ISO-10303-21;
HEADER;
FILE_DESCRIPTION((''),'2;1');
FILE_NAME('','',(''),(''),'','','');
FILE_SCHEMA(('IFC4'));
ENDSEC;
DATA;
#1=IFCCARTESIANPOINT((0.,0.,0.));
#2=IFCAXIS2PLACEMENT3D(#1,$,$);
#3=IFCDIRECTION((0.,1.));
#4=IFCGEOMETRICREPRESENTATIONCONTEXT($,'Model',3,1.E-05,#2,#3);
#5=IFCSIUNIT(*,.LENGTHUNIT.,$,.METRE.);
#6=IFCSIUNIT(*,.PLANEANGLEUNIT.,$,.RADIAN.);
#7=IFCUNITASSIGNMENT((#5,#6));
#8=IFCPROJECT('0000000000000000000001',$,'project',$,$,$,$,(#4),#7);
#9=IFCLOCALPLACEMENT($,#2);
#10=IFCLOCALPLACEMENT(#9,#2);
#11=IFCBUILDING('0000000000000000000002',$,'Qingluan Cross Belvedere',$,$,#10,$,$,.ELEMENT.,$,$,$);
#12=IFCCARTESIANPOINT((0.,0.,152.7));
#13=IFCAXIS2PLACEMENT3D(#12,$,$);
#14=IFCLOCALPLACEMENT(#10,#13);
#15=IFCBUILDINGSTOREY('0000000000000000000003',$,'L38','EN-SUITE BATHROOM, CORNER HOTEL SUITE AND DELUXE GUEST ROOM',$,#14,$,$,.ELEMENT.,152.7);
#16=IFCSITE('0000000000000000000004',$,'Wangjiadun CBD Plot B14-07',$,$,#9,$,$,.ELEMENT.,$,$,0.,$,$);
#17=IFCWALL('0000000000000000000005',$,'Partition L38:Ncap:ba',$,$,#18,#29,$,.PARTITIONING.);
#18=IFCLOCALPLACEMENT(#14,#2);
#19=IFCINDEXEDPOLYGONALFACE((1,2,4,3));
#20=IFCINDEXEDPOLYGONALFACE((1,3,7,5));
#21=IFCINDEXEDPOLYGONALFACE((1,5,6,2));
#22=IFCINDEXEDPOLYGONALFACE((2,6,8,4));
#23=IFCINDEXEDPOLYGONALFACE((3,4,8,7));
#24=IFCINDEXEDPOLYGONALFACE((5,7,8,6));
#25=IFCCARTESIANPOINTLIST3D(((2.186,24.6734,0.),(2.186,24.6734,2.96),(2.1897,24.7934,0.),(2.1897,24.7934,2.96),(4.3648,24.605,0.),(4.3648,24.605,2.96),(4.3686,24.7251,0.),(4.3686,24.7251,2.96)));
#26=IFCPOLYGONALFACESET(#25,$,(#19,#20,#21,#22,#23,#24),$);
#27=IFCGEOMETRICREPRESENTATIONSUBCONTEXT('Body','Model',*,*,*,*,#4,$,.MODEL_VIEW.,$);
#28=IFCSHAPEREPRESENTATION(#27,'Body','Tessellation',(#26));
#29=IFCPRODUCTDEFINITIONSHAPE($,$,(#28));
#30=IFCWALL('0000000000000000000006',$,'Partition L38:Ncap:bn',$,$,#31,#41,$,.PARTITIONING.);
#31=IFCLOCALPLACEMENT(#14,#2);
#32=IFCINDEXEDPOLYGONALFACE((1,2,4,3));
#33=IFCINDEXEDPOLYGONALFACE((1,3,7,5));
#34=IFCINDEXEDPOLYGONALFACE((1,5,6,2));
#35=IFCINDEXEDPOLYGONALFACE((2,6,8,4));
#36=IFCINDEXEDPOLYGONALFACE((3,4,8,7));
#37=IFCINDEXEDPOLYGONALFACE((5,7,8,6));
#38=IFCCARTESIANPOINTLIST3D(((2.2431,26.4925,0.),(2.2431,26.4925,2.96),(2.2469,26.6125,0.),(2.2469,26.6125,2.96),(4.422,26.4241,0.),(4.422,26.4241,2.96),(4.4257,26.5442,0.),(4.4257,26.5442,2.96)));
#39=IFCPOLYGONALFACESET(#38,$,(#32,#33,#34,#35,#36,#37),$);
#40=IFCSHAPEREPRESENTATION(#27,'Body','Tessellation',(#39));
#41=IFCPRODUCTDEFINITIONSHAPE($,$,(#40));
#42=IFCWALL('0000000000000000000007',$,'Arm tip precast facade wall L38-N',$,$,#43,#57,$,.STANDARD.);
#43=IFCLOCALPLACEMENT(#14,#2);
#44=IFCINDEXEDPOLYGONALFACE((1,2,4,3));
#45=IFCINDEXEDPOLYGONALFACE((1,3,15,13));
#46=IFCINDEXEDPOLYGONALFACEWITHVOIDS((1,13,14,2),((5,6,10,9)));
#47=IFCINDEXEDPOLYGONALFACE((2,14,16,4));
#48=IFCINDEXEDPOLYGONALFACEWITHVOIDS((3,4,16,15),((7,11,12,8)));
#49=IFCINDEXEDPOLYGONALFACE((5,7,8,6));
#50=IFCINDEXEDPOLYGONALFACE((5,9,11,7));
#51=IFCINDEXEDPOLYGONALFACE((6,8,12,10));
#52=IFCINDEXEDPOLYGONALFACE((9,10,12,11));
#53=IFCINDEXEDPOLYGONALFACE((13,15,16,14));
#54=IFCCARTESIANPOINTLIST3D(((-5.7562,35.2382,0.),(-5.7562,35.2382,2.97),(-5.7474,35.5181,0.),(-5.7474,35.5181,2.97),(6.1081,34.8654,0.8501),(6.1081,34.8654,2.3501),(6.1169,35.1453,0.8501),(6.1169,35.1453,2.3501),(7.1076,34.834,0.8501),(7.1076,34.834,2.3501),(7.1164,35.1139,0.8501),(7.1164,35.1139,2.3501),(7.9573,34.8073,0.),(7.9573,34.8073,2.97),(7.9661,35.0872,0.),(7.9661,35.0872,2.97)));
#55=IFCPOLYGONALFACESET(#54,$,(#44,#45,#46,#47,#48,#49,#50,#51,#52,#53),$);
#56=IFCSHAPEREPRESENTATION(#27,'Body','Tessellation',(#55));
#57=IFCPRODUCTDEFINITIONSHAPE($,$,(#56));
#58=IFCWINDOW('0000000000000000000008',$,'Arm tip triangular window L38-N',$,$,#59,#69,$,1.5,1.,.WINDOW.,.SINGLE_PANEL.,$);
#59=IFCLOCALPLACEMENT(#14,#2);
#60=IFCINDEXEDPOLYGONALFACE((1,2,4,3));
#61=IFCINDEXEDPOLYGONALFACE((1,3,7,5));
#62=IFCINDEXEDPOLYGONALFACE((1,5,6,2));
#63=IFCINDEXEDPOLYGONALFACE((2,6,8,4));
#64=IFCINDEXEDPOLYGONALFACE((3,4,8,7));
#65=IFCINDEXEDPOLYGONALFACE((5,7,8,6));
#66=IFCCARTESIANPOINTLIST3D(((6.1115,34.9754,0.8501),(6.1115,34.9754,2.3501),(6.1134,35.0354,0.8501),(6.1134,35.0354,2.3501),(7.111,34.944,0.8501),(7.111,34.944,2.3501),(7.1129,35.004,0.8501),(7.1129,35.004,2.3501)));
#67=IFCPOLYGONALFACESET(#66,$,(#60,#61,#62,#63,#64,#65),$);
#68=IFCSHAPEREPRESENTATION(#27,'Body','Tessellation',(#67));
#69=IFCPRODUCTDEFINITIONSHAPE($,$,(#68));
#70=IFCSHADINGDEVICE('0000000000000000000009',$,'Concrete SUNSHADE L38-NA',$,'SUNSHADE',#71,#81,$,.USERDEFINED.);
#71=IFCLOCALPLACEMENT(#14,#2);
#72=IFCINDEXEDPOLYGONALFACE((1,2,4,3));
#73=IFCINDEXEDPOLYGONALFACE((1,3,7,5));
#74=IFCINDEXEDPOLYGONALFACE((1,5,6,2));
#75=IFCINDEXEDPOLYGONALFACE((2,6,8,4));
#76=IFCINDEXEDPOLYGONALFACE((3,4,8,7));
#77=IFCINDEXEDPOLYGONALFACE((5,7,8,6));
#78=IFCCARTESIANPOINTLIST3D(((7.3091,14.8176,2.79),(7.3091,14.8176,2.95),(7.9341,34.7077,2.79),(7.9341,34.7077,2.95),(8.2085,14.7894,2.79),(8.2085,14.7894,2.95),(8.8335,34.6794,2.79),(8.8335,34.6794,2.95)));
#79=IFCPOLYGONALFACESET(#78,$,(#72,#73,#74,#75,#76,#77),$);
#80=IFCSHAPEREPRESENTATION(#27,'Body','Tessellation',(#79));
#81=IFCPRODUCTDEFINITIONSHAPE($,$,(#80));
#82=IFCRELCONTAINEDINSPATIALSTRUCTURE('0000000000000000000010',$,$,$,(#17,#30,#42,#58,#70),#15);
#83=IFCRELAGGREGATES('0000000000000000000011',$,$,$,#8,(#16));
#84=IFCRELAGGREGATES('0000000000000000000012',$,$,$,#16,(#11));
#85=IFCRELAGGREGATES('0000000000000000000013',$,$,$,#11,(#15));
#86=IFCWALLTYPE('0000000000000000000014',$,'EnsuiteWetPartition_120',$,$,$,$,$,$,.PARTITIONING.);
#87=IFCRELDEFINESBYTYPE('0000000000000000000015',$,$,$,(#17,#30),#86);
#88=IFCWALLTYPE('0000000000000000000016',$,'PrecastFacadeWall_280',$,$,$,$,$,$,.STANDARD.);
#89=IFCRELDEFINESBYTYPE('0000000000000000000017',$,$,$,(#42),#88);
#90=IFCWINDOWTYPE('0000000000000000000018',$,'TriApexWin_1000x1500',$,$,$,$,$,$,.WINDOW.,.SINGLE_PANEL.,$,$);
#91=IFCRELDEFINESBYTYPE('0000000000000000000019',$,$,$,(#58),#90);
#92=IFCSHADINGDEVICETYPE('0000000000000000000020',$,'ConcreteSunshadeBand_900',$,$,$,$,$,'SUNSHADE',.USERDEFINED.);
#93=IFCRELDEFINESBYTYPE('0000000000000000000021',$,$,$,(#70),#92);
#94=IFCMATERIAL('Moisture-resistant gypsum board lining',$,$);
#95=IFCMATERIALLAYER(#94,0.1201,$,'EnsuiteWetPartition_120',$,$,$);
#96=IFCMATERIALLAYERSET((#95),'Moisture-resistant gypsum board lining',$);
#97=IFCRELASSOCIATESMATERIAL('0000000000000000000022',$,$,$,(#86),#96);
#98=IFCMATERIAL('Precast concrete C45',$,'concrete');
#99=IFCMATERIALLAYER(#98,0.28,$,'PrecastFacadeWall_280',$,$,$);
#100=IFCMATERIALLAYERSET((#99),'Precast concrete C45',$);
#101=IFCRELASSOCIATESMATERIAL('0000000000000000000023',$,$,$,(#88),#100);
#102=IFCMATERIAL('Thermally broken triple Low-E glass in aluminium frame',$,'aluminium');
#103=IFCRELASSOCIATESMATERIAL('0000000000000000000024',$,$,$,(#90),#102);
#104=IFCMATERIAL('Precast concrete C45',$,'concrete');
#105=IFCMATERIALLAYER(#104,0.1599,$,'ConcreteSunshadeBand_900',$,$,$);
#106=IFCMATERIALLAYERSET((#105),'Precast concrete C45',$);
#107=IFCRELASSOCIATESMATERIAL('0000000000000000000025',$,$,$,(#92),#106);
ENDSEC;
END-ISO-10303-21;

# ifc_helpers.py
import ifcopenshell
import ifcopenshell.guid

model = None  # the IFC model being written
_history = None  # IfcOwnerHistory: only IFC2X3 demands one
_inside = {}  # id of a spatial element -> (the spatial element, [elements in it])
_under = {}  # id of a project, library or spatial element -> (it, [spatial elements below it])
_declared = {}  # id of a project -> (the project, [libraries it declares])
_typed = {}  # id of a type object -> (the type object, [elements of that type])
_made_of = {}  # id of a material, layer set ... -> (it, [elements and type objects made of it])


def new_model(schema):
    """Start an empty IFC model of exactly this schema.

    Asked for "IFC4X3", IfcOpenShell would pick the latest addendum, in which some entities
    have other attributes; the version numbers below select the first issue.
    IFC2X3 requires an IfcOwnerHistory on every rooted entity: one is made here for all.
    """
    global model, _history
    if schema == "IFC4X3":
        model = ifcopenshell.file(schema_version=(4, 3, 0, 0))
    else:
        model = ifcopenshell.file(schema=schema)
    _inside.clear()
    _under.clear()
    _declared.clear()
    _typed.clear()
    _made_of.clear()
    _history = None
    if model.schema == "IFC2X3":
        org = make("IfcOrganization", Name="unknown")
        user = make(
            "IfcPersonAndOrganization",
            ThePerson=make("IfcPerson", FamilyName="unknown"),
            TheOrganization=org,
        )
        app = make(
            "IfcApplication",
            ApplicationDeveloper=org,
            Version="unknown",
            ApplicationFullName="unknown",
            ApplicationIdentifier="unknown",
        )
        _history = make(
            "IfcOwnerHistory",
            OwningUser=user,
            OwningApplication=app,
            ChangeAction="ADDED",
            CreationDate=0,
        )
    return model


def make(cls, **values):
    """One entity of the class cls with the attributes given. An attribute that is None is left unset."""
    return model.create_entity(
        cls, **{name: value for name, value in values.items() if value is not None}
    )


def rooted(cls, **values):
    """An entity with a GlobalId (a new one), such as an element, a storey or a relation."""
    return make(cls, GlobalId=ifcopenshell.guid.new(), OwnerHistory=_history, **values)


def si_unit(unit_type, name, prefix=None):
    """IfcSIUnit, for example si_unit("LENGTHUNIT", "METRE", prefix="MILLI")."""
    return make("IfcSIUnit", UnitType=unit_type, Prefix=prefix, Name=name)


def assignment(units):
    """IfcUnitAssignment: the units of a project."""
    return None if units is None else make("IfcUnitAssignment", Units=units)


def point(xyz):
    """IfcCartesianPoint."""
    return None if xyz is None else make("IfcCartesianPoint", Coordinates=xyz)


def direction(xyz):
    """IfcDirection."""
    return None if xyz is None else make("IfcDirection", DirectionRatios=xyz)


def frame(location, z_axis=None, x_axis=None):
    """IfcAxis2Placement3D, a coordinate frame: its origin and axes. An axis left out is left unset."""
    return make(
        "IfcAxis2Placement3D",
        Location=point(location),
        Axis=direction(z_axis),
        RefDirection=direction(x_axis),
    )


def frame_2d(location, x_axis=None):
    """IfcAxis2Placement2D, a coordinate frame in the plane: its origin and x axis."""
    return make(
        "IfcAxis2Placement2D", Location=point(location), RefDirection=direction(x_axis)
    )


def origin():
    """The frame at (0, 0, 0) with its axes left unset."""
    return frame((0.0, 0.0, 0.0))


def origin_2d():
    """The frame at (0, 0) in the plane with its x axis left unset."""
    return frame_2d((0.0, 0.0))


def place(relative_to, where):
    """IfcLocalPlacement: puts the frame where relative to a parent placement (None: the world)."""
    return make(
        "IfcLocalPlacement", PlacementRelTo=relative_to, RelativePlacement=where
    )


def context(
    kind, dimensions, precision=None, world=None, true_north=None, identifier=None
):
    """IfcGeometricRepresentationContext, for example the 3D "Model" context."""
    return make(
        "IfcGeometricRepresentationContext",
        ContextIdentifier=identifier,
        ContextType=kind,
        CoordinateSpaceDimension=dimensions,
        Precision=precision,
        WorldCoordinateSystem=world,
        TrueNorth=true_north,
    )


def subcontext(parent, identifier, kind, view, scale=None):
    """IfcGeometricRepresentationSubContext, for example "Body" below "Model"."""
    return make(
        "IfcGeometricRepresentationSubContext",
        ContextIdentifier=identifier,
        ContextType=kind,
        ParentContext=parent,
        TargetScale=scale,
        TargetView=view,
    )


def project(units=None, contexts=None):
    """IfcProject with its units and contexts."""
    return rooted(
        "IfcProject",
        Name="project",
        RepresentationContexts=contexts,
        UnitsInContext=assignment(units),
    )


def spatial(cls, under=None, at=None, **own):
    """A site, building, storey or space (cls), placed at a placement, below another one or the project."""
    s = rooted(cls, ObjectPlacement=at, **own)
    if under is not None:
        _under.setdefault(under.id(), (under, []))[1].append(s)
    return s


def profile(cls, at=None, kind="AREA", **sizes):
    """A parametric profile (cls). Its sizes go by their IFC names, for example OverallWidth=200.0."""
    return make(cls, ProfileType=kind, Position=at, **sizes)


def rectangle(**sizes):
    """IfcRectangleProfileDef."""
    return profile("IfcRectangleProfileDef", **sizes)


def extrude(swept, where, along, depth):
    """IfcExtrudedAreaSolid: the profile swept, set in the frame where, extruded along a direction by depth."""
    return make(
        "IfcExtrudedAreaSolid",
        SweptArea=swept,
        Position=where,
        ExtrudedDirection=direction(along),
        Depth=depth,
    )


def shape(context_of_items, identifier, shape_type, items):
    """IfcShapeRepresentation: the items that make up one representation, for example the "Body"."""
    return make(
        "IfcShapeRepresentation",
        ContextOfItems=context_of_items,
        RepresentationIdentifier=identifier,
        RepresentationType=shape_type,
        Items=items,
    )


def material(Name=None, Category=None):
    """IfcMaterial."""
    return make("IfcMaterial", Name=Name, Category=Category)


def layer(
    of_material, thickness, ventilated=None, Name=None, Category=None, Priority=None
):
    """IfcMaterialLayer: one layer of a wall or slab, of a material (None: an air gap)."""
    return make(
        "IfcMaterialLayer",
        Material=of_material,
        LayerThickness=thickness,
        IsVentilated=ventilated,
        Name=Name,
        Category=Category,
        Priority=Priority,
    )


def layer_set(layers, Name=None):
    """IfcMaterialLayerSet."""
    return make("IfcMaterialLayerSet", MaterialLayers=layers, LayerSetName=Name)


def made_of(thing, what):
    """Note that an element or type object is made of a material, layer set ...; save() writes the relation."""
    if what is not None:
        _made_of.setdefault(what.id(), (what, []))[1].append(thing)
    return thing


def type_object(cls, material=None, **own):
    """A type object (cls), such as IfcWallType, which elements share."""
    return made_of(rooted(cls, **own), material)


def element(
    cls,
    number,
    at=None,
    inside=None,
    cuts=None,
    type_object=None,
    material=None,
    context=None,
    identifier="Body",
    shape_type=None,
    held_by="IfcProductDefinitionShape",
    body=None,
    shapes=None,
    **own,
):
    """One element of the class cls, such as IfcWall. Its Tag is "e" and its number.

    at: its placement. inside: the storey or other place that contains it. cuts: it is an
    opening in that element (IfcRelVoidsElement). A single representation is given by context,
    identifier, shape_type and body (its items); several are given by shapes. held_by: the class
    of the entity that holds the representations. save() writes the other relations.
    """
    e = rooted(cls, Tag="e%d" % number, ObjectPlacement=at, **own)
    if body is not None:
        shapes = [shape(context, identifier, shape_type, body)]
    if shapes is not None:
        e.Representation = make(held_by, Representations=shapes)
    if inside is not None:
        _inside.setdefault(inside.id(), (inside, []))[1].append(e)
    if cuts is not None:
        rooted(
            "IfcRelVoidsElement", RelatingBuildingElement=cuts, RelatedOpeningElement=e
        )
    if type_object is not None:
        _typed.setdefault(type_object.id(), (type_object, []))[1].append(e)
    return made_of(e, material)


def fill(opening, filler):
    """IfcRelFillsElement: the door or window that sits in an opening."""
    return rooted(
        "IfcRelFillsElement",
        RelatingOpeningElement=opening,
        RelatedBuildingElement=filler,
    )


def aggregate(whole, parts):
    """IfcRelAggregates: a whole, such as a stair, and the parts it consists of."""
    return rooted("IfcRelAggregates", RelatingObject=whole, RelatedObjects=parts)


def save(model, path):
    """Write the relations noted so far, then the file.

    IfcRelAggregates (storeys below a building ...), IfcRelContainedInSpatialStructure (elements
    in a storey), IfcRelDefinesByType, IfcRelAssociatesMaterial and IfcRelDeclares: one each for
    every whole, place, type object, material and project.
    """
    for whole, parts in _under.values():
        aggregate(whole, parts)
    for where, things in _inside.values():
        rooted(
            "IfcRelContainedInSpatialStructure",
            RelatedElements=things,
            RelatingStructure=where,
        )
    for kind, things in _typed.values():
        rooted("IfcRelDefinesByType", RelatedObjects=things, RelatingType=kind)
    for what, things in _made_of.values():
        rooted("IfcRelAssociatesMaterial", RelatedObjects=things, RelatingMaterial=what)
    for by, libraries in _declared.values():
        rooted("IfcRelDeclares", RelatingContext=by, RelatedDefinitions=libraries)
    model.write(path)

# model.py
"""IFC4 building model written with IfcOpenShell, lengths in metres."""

from ifc_helpers import new_model, si_unit, direction, frame, frame_2d, origin, origin_2d, place, context, subcontext, project, spatial, rectangle, extrude, material, layer, layer_set, type_object, element, fill, save


model = new_model("IFC4")

# Units and contexts
model_context = context("Model", 3, precision=1e-05, world=origin(), true_north=direction((0.0, 1.0)))
body_context = subcontext(model_context, "Body", "Model", "MODEL_VIEW")
ifc_project = project(units=[si_unit("LENGTHUNIT", "METRE"), si_unit("PLANEANGLEUNIT", "RADIAN")], contexts=[model_context])

# Site, building, storey
site_placement = place(None, origin())
site = spatial("IfcSite", under=ifc_project, at=site_placement, Name="Wangjiadun CBD Plot B14-07", CompositionType="ELEMENT", RefElevation=0.0)
building_placement = place(site_placement, origin())
building = spatial("IfcBuilding", under=site, at=building_placement, Name="Qingluan Cross Belvedere", CompositionType="ELEMENT")
storey_placement = place(building_placement, frame((0.0, 0.0, 152.7)))
storey = spatial("IfcBuildingStorey", under=building, at=storey_placement, Name="L38", Description="EN-SUITE BATHROOM, CORNER HOTEL SUITE AND DELUXE GUEST ROOM", CompositionType="ELEMENT", Elevation=152.7)

# Shared definitions
ifc_material_1 = material(Name="Moisture-resistant gypsum board lining")
ifc_layer_1 = layer(ifc_material_1, 0.1201, Name="EnsuiteWetPartition_120")
ifc_layer_set_1 = layer_set([ifc_layer_1], Name="Moisture-resistant gypsum board lining")
wall_type_1 = type_object("IfcWallType", Name="EnsuiteWetPartition_120", PredefinedType="PARTITIONING", material=ifc_layer_set_1)

# Walls
for number, where, z_axis, x_axis, name in (
    (1, (2.188, 24.7334, 0.0), (0.0, 0.0, 1.0), (0.999508, -0.031357, 0.0), "Partition L38:Ncap:ba"),
    (2, (2.2451, 26.5525, 0.0), (0.0, 0.0, 1.0), (0.999508, -0.031357, 0.0), "Partition L38:Ncap:bn"),
):
    element("IfcWall", number, at=place(storey_placement, frame(where, z_axis=z_axis, x_axis=x_axis)), inside=storey, type_object=wall_type_1, Name=name, PredefinedType="PARTITIONING", context=body_context, shape_type="SweptSolid", body=[
        extrude(rectangle(XDim=2.1799, YDim=0.1201, at=frame_2d((1.0898, 0.0))), origin(), (0.0, 0.0, 1.0), 2.96),
    ])

# Wall, opening, window
ifc_material_2 = material(Name="Precast concrete C45", Category="concrete")
ifc_layer_2 = layer(ifc_material_2, 0.28, Name="PrecastFacadeWall_280")
ifc_layer_set_2 = layer_set([ifc_layer_2], Name="Precast concrete C45")
wall_type_2 = type_object("IfcWallType", Name="PrecastFacadeWall_280", PredefinedType="STANDARD", material=ifc_layer_set_2)
wall_1_placement = place(storey_placement, frame((7.9617, 34.9473, 0.0), z_axis=(0.0, 0.0, 1.0), x_axis=(-0.999507, 0.031407, 0.0)))
wall_1 = element("IfcWall", 3, at=wall_1_placement, inside=storey, type_object=wall_type_2, Name="Arm tip precast facade wall L38-N", PredefinedType="STANDARD", context=body_context, shape_type="SweptSolid", body=[
    extrude(rectangle(XDim=13.7202, YDim=0.28, at=frame_2d((6.8601, 0.0))), origin(), (0.0, 0.0, 1.0), 2.97),
])
opening_1_placement = place(wall_1_placement, frame((0.8501, 0.0, 0.8501)))
opening_1 = element("IfcOpeningElement", 4, at=opening_1_placement, cuts=wall_1, PredefinedType="OPENING", context=body_context, shape_type="SweptSolid", body=[
    extrude(rectangle(XDim=1.0, YDim=1.5, at=frame_2d((0.5, 0.75))), frame((0.0, 0.1499, 0.0), z_axis=(0.0, -1.0, 0.0), x_axis=(1.0, 0.0, 0.0)), (0.0, 0.0, 1.0), 0.3),
])
ifc_material_3 = material(Name="Thermally broken triple Low-E glass in aluminium frame", Category="aluminium")
window_type = type_object("IfcWindowType", Name="TriApexWin_1000x1500", PartitioningType="SINGLE_PANEL", PredefinedType="WINDOW", material=ifc_material_3)
window_placement = place(opening_1_placement, origin())
window = element("IfcWindow", 5, at=window_placement, inside=storey, type_object=window_type, Name="Arm tip triangular window L38-N", OverallHeight=1.5, OverallWidth=1.0, PartitioningType="SINGLE_PANEL", PredefinedType="WINDOW", context=body_context, shape_type="SweptSolid", body=[
    extrude(rectangle(XDim=1.0, YDim=1.5, at=frame_2d((0.5, 0.75))), frame((0.0, 0.03, 0.0), z_axis=(0.0, -1.0, 0.0), x_axis=(1.0, 0.0, 0.0)), (0.0, 0.0, 1.0), 0.0601),
])
fill(opening_1, window)

# Shading device
ifc_material_4 = material(Name="Precast concrete C45", Category="concrete")
ifc_layer_3 = layer(ifc_material_4, 0.1599, Name="ConcreteSunshadeBand_900")
ifc_layer_set_3 = layer_set([ifc_layer_3], Name="Precast concrete C45")
shading_device_type = type_object("IfcShadingDeviceType", Name="ConcreteSunshadeBand_900", ElementType="SUNSHADE", PredefinedType="USERDEFINED", material=ifc_layer_set_3)
shading_device_placement = place(storey_placement, frame((8.0713, 24.7485, 2.79), z_axis=(0.0, 0.0, 1.0), x_axis=(0.031408, 0.999507, 0.0)))
element("IfcShadingDevice", 6, at=shading_device_placement, inside=storey, type_object=shading_device_type, Name="Concrete SUNSHADE L38-NA", ObjectType="SUNSHADE", PredefinedType="USERDEFINED", context=body_context, shape_type="SweptSolid", body=[
    extrude(rectangle(XDim=19.8999, YDim=0.8999, at=origin_2d()), origin(), (0.0, 0.0, 1.0), 0.1599),
])

save(model, "model.ifc")
